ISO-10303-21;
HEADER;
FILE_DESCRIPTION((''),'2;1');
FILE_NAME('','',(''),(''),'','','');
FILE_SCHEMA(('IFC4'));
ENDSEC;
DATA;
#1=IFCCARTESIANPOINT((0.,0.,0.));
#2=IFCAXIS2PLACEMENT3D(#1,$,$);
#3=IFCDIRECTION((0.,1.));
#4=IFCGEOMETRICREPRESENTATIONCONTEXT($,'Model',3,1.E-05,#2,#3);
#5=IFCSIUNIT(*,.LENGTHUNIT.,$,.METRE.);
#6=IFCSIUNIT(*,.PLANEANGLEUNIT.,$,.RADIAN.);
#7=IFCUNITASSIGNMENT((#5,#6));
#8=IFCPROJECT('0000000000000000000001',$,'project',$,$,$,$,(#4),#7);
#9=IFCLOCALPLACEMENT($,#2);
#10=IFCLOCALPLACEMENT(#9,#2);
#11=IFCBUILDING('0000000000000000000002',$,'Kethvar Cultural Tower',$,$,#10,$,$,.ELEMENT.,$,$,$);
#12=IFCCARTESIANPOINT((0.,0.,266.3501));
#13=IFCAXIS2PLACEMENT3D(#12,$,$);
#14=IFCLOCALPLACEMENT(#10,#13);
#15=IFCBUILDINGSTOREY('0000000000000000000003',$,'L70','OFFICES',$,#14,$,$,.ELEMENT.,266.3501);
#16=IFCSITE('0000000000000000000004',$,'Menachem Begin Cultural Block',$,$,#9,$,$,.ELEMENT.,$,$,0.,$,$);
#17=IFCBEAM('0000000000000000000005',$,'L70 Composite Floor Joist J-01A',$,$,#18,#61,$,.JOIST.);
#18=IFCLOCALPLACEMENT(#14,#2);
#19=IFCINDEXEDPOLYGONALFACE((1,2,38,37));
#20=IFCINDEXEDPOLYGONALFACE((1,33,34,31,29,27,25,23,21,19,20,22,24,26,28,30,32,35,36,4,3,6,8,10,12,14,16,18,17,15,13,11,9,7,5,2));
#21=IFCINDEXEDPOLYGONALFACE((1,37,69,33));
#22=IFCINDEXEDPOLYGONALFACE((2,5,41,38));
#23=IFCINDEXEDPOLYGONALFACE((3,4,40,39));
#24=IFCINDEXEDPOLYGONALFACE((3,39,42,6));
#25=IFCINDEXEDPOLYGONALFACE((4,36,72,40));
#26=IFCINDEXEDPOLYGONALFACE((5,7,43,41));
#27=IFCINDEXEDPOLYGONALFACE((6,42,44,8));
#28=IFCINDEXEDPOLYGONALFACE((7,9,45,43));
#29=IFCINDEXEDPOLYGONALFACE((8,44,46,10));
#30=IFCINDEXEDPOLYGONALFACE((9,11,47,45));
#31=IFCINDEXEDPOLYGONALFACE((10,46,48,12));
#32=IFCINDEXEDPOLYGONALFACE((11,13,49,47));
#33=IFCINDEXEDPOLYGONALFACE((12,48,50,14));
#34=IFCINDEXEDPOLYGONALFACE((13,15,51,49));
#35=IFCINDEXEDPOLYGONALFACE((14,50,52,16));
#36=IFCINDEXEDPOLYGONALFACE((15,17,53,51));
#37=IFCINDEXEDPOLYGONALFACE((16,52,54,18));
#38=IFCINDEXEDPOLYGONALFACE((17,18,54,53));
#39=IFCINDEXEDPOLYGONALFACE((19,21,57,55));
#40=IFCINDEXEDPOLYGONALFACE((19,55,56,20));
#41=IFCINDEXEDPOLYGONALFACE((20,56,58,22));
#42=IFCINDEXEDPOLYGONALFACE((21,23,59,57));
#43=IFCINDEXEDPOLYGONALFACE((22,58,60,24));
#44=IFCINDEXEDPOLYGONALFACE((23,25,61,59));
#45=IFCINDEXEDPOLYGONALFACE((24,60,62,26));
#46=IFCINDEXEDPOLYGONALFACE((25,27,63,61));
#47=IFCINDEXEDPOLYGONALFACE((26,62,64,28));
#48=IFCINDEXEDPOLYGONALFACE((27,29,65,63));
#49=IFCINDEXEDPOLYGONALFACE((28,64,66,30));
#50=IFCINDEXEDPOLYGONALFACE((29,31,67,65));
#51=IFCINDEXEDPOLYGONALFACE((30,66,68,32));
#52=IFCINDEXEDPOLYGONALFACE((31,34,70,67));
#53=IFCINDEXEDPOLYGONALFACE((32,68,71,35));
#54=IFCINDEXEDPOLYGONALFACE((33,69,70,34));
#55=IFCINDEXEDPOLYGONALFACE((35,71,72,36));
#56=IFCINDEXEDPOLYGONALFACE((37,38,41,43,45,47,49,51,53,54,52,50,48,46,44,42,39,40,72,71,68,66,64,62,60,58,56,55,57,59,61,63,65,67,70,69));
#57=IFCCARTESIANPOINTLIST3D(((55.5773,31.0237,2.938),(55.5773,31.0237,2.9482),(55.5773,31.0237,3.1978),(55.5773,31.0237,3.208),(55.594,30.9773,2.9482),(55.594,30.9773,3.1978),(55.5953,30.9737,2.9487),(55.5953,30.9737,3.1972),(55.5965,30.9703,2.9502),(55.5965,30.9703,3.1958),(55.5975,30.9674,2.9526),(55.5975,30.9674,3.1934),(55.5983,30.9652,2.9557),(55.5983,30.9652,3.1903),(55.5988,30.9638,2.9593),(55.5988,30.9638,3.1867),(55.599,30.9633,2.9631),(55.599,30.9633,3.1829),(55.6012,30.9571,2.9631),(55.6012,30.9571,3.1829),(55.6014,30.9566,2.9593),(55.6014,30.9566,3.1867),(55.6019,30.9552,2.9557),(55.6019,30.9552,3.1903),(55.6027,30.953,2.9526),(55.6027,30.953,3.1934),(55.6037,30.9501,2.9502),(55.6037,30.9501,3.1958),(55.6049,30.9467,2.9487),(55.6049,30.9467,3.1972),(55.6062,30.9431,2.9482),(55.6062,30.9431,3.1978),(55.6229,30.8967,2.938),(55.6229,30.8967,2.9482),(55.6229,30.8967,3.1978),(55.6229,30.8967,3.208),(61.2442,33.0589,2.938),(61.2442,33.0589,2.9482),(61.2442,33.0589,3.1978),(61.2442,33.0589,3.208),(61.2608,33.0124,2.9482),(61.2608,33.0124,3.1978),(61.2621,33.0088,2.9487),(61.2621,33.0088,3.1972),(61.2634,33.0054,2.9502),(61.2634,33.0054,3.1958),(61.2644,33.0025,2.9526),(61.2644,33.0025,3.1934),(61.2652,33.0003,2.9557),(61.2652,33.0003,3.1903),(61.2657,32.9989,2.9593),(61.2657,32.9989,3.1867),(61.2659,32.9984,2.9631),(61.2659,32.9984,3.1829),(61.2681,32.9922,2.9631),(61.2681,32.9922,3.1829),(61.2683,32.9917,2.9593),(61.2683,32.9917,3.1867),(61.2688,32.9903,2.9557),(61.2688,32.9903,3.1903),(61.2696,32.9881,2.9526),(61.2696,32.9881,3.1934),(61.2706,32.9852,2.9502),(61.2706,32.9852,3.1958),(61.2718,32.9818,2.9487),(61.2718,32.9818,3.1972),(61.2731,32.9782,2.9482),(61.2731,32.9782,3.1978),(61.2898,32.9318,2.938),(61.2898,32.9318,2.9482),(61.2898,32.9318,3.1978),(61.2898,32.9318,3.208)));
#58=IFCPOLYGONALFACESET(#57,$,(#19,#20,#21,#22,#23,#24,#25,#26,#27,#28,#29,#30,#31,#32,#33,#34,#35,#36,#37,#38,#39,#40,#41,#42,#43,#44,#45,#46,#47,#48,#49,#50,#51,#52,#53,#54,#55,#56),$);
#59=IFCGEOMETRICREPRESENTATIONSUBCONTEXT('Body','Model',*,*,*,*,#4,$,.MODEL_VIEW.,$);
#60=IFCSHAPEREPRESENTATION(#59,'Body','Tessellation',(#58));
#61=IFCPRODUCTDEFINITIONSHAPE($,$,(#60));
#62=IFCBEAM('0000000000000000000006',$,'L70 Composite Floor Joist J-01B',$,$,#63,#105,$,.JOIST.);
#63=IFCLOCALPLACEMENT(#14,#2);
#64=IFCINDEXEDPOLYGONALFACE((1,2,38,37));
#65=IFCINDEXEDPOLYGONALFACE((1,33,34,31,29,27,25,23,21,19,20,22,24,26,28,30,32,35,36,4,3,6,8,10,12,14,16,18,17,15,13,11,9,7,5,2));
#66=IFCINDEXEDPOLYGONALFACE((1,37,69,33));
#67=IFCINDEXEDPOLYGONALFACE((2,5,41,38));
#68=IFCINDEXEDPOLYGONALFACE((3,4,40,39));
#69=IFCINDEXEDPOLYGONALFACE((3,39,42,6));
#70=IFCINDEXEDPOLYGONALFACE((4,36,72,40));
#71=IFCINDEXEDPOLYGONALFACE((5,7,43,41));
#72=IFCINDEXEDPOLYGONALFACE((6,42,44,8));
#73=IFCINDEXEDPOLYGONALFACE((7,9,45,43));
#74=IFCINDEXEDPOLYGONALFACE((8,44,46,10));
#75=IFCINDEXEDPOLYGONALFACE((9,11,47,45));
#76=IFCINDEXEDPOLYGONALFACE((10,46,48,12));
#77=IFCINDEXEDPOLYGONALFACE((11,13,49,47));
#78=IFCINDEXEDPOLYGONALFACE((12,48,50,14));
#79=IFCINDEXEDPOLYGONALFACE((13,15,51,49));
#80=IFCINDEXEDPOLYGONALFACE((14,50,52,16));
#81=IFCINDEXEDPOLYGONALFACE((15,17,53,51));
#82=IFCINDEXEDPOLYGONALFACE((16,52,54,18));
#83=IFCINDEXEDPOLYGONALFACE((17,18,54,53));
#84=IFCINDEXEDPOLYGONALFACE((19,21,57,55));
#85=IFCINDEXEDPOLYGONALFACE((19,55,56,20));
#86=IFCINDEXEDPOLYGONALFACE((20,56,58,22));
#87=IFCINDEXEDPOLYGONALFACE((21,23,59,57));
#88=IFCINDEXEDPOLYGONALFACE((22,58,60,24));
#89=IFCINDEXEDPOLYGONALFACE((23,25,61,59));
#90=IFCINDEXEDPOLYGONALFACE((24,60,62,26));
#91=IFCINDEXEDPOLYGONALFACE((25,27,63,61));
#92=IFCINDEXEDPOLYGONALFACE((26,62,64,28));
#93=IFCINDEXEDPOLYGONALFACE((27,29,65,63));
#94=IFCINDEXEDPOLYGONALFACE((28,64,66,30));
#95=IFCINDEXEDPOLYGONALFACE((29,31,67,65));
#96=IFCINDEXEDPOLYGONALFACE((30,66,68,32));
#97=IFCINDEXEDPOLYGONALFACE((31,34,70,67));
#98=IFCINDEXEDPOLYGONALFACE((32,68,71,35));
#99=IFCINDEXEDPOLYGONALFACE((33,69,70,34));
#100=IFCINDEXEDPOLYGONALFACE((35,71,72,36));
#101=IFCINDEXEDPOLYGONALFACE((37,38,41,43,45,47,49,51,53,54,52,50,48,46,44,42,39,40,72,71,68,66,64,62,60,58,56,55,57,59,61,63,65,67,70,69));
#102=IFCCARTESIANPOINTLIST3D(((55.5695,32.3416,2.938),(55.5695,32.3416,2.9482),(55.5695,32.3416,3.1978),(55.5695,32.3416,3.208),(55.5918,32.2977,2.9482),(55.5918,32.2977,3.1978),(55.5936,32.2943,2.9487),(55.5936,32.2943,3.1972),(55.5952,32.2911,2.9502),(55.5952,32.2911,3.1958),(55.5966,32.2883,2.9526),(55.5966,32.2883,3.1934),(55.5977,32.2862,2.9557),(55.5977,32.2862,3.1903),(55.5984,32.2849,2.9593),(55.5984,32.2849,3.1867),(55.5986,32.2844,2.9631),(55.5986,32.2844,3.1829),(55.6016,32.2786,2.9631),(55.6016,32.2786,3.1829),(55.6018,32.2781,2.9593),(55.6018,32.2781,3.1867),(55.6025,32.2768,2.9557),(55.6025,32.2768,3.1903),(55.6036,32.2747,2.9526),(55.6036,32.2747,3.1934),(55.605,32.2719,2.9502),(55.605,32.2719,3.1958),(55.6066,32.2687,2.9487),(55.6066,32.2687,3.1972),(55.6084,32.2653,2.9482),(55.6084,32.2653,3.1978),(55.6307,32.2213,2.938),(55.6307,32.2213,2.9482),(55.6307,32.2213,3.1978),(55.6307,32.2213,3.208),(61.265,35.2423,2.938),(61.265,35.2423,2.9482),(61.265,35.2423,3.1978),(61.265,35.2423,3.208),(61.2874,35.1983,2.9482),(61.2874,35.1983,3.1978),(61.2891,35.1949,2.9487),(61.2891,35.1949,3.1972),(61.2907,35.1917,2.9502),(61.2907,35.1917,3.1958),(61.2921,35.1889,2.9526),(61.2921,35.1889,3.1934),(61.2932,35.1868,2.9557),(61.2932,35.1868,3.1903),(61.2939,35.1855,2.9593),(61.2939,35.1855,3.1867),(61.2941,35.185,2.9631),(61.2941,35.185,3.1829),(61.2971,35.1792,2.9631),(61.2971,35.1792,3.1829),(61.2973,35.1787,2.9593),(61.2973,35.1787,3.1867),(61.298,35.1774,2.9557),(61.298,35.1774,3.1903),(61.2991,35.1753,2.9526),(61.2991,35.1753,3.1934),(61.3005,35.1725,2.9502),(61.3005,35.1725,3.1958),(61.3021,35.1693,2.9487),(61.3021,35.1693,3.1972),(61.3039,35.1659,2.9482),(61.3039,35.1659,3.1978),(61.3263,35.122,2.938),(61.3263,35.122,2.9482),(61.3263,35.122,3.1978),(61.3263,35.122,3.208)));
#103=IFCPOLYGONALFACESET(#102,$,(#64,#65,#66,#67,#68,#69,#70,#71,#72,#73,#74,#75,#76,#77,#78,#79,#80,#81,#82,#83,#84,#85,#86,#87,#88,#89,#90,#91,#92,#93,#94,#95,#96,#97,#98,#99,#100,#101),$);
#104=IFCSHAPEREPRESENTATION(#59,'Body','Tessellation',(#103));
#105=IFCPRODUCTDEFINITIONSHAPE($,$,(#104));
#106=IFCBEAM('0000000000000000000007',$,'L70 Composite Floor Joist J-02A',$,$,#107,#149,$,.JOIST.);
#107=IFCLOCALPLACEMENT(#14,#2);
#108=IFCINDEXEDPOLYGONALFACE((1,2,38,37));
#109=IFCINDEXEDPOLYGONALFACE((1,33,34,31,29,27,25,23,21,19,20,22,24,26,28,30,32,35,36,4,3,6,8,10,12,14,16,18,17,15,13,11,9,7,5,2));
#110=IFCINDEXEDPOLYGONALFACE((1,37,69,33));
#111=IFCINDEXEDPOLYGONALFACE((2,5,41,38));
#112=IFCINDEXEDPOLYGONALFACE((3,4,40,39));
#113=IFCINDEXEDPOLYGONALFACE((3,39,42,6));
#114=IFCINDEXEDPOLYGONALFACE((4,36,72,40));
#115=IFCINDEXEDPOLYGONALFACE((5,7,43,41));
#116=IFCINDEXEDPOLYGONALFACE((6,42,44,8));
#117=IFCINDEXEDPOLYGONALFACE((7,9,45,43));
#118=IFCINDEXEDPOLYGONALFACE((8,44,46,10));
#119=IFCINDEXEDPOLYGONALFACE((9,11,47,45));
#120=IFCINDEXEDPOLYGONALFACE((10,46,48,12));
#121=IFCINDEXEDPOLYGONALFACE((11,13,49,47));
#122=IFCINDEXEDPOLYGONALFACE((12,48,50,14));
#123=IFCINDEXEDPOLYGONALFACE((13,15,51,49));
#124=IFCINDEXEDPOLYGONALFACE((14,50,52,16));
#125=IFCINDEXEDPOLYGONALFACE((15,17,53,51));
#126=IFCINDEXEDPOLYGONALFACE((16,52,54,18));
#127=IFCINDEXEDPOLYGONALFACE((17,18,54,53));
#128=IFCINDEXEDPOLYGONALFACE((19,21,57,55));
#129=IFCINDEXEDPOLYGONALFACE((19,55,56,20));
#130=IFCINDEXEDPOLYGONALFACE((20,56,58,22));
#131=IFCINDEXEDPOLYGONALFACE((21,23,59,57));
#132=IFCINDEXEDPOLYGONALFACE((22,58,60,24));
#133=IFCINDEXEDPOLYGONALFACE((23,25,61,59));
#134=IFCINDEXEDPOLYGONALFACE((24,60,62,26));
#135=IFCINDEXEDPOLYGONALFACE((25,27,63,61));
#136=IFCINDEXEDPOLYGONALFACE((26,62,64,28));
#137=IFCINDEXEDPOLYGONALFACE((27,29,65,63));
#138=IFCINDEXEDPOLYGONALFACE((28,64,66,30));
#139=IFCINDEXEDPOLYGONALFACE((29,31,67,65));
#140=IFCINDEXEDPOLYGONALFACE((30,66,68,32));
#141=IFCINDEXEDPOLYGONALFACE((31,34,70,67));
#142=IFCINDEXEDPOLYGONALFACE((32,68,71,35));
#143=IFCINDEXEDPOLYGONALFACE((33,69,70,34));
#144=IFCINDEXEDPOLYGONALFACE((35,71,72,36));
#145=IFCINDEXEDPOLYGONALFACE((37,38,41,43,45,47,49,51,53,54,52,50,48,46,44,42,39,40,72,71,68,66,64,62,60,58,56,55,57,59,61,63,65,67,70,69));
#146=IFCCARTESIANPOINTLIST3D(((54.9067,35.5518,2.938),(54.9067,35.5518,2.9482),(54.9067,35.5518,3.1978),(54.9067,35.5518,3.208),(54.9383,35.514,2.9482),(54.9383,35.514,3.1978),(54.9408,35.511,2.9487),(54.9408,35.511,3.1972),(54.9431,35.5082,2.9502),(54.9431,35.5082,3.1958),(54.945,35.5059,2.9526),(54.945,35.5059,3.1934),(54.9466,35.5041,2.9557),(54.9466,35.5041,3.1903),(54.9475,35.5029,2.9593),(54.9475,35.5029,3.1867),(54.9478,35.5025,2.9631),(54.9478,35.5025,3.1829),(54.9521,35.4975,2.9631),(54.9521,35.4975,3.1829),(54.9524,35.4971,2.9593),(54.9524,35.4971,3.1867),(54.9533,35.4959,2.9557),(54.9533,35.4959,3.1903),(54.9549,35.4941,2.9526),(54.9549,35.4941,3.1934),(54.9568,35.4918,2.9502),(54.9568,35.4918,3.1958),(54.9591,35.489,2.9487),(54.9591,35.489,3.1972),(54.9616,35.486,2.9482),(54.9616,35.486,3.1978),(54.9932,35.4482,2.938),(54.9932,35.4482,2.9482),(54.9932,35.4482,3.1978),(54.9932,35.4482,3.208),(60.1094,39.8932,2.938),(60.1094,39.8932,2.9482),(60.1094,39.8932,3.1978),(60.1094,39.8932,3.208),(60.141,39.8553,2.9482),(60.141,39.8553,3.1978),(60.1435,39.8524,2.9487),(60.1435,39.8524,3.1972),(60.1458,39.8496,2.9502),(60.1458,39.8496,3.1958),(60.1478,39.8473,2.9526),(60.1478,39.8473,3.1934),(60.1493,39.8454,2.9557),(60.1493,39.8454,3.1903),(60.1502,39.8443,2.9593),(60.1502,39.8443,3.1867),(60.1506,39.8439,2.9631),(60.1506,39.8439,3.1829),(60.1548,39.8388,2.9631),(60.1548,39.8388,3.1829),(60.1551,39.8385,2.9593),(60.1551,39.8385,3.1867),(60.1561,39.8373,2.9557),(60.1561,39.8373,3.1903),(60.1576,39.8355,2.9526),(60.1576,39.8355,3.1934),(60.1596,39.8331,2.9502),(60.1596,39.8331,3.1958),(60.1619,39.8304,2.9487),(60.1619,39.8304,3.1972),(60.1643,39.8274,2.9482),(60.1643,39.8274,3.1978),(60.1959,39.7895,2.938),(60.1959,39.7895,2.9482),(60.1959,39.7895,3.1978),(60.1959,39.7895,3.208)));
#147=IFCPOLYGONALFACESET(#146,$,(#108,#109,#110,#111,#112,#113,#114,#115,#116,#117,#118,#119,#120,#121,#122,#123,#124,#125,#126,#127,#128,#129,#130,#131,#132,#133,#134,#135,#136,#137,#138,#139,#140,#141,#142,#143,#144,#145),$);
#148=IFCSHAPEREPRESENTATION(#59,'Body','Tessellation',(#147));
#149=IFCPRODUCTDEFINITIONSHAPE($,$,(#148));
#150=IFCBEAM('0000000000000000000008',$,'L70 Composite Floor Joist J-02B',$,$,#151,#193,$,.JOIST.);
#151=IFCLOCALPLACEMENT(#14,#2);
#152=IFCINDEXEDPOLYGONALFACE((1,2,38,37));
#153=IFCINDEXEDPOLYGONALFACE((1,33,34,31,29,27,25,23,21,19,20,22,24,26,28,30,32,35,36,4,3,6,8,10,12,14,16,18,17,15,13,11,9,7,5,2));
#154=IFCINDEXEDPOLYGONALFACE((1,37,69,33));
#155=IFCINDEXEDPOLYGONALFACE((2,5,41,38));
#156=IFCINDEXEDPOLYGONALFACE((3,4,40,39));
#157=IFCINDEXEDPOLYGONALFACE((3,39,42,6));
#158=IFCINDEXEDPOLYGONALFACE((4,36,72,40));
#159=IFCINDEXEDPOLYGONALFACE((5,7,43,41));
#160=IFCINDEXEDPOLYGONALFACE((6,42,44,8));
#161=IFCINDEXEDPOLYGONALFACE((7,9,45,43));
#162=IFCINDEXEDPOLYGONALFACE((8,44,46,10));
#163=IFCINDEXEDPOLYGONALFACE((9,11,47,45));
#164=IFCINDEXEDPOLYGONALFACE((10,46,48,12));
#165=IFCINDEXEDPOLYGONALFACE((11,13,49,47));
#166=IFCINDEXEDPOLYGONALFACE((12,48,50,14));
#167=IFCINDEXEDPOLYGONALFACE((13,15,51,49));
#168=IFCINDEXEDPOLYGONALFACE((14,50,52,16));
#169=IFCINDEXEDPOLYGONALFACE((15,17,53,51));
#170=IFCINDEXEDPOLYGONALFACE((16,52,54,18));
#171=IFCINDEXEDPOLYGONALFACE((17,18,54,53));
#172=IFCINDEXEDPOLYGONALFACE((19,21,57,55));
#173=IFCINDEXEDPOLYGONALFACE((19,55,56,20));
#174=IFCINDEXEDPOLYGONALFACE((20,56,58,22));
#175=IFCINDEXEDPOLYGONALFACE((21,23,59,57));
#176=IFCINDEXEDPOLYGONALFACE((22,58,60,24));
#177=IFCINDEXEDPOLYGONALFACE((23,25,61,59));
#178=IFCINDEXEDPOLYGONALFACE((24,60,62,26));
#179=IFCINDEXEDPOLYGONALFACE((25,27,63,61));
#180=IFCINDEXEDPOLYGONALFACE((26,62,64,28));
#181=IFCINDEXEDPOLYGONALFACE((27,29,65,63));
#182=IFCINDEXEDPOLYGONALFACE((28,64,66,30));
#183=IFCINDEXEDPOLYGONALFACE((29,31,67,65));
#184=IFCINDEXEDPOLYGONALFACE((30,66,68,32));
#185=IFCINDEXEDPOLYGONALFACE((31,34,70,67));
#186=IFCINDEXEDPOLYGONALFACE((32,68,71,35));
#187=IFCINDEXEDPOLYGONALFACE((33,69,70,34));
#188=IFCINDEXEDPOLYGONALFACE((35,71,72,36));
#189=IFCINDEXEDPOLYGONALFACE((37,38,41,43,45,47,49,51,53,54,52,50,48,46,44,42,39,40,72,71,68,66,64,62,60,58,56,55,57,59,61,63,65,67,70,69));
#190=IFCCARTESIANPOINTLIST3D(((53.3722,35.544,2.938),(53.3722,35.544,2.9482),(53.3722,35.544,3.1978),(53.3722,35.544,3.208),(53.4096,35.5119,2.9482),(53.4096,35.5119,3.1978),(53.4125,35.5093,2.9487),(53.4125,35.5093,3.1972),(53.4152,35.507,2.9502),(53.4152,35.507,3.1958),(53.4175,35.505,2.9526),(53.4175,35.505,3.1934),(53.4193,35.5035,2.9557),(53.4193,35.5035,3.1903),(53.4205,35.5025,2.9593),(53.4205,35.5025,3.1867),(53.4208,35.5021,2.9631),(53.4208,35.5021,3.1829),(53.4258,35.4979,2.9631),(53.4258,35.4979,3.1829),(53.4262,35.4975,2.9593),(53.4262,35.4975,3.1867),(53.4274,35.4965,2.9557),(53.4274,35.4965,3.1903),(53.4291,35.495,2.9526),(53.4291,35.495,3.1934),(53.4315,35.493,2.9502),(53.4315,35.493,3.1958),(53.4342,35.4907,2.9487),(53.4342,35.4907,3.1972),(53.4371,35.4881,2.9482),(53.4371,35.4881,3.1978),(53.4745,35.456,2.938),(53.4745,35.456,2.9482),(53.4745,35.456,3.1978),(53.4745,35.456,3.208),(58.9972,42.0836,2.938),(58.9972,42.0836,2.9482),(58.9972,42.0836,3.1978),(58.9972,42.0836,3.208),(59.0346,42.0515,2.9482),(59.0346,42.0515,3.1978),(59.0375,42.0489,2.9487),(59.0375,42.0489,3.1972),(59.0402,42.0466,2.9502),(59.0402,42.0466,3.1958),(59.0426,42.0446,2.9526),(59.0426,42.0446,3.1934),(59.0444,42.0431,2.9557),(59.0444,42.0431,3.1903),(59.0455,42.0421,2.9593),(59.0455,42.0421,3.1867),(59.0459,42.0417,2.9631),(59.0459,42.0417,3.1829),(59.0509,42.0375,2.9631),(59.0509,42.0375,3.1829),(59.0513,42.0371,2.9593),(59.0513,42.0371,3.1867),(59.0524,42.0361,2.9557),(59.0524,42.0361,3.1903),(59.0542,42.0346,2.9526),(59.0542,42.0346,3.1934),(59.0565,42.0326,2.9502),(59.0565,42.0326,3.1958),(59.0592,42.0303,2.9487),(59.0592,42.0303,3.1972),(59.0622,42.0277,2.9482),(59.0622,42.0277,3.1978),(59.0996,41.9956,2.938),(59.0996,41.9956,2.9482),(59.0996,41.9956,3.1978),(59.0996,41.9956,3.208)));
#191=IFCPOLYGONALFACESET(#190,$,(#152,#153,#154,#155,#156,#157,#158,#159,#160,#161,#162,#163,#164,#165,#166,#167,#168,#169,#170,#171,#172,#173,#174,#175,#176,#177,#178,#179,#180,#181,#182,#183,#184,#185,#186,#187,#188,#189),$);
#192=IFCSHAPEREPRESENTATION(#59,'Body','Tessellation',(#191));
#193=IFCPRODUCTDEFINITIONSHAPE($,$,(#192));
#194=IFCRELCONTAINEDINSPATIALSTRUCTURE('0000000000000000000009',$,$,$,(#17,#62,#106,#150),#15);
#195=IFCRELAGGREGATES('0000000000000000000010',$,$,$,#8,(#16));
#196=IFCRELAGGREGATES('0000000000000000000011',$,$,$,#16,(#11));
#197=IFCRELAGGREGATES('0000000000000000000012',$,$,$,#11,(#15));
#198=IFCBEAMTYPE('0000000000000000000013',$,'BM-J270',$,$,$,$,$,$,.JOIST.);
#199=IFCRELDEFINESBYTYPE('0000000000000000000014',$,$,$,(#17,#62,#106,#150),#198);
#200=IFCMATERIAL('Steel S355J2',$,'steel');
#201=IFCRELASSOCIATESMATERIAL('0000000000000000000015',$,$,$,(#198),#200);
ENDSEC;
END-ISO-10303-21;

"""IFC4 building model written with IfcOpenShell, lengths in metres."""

from ifc_helpers import new_model, si_unit, direction, frame, origin, origin_2d, place, context, subcontext, project, spatial, i_section, extrude, source, transform, mapped, material, material_profile, profile_set, type_object, element, save


model = new_model("IFC4")

# Units and contexts
model_context = context("Model", 3, precision=1e-05, world=origin(), true_north=direction((0.0, 1.0)))
body_context = subcontext(model_context, "Body", "Model", "MODEL_VIEW")
ifc_project = project(units=[si_unit("LENGTHUNIT", "METRE"), si_unit("PLANEANGLEUNIT", "RADIAN")], contexts=[model_context])

# Site, building, storey
site_placement = place(None, origin())
site = spatial("IfcSite", under=ifc_project, at=site_placement, Name="Menachem Begin Cultural Block", CompositionType="ELEMENT", RefElevation=0.0)
building_placement = place(site_placement, origin())
building = spatial("IfcBuilding", under=site, at=building_placement, Name="Kethvar Cultural Tower", CompositionType="ELEMENT")
storey_placement = place(building_placement, frame((0.0, 0.0, 266.3501)))
storey = spatial("IfcBuildingStorey", under=building, at=storey_placement, Name="L70", Description="OFFICES", CompositionType="ELEMENT", Elevation=266.3501)

# Beams
ifc_material_1 = material(Name="Steel S355J2", Category="steel")
ifc_material_profile_1 = material_profile(ifc_material_1, i_section(OverallWidth=0.135, OverallDepth=0.27, WebThickness=0.0066, FlangeThickness=0.0103, FilletRadius=0.0149, at=origin_2d()), Name="Steel S355J2 — IPE270")
ifc_profile_set_1 = profile_set([ifc_material_profile_1], Name="Steel S355J2 — IPE270")
beam_type_1 = type_object("IfcBeamType", Name="BM-J270", PredefinedType="JOIST", material=ifc_profile_set_1)
shared_shape_1 = source(origin(), body_context, "Body", "SweptSolid", [
    extrude(i_section(OverallWidth=0.135, OverallDepth=0.27, WebThickness=0.0066, FlangeThickness=0.0103, FilletRadius=0.0149, at=origin_2d()), origin(), (0.0, 0.0, 1.0), 6.0212),
])
beam_1_placement = place(storey_placement, frame((55.6001, 30.9602, 3.073), z_axis=(0.94115, 0.33799, 0.0), x_axis=(-0.33799, 0.94115, 0.0)))
element("IfcBeam", 1, at=beam_1_placement, inside=storey, type_object=beam_type_1, Name="L70 Composite Floor Joist J-01A", PredefinedType="JOIST", context=body_context, shape_type="MappedRepresentation", body=[
    mapped(shared_shape_1, transform((0.0, 0.0, 0.0), scale=1.0)),
])
shared_shape_2 = source(origin(), body_context, "Body", "SweptSolid", [
    extrude(i_section(OverallWidth=0.135, OverallDepth=0.27, WebThickness=0.0066, FlangeThickness=0.0103, FilletRadius=0.0149, at=origin_2d()), origin(), (0.0, 0.0, 1.0), 6.3916),
])
beam_2_placement = place(storey_placement, frame((55.6001, 32.2815, 3.073), z_axis=(0.891095, 0.453817, 0.0), x_axis=(-0.453817, 0.891095, 0.0)))
element("IfcBeam", 2, at=beam_2_placement, inside=storey, type_object=beam_type_1, Name="L70 Composite Floor Joist J-01B", PredefinedType="JOIST", context=body_context, shape_type="MappedRepresentation", body=[
    mapped(shared_shape_2, transform((0.0, 0.0, 0.0), scale=1.0)),
])
shared_shape_3 = source(origin(), body_context, "Body", "SweptSolid", [
    extrude(i_section(OverallWidth=0.135, OverallDepth=0.27, WebThickness=0.0066, FlangeThickness=0.0103, FilletRadius=0.0149, at=origin_2d()), origin(), (0.0, 0.0, 1.0), 6.7761),
])
beam_3_placement = place(storey_placement, frame((54.95, 35.5, 3.073), z_axis=(0.767802, 0.640688, 0.0), x_axis=(-0.640688, 0.767802, 0.0)))
element("IfcBeam", 3, at=beam_3_placement, inside=storey, type_object=beam_type_1, Name="L70 Composite Floor Joist J-02A", PredefinedType="JOIST", context=body_context, shape_type="MappedRepresentation", body=[
    mapped(shared_shape_3, transform((0.0, 0.0, 0.0), scale=1.0)),
])
shared_shape_4 = source(origin(), body_context, "Body", "SweptSolid", [
    extrude(i_section(OverallWidth=0.135, OverallDepth=0.27, WebThickness=0.0066, FlangeThickness=0.0103, FilletRadius=0.0149, at=origin_2d()), origin(), (0.0, 0.0, 1.0), 8.626),
])
beam_4_placement = place(storey_placement, frame((53.4233, 35.5, 3.073), z_axis=(0.652105, 0.758129, 0.0), x_axis=(-0.758129, 0.652105, 0.0)))
element("IfcBeam", 4, at=beam_4_placement, inside=storey, type_object=beam_type_1, Name="L70 Composite Floor Joist J-02B", PredefinedType="JOIST", context=body_context, shape_type="MappedRepresentation", body=[
    mapped(shared_shape_4, transform((0.0, 0.0, 0.0), scale=1.0)),
])

save(model, "model.ifc")
